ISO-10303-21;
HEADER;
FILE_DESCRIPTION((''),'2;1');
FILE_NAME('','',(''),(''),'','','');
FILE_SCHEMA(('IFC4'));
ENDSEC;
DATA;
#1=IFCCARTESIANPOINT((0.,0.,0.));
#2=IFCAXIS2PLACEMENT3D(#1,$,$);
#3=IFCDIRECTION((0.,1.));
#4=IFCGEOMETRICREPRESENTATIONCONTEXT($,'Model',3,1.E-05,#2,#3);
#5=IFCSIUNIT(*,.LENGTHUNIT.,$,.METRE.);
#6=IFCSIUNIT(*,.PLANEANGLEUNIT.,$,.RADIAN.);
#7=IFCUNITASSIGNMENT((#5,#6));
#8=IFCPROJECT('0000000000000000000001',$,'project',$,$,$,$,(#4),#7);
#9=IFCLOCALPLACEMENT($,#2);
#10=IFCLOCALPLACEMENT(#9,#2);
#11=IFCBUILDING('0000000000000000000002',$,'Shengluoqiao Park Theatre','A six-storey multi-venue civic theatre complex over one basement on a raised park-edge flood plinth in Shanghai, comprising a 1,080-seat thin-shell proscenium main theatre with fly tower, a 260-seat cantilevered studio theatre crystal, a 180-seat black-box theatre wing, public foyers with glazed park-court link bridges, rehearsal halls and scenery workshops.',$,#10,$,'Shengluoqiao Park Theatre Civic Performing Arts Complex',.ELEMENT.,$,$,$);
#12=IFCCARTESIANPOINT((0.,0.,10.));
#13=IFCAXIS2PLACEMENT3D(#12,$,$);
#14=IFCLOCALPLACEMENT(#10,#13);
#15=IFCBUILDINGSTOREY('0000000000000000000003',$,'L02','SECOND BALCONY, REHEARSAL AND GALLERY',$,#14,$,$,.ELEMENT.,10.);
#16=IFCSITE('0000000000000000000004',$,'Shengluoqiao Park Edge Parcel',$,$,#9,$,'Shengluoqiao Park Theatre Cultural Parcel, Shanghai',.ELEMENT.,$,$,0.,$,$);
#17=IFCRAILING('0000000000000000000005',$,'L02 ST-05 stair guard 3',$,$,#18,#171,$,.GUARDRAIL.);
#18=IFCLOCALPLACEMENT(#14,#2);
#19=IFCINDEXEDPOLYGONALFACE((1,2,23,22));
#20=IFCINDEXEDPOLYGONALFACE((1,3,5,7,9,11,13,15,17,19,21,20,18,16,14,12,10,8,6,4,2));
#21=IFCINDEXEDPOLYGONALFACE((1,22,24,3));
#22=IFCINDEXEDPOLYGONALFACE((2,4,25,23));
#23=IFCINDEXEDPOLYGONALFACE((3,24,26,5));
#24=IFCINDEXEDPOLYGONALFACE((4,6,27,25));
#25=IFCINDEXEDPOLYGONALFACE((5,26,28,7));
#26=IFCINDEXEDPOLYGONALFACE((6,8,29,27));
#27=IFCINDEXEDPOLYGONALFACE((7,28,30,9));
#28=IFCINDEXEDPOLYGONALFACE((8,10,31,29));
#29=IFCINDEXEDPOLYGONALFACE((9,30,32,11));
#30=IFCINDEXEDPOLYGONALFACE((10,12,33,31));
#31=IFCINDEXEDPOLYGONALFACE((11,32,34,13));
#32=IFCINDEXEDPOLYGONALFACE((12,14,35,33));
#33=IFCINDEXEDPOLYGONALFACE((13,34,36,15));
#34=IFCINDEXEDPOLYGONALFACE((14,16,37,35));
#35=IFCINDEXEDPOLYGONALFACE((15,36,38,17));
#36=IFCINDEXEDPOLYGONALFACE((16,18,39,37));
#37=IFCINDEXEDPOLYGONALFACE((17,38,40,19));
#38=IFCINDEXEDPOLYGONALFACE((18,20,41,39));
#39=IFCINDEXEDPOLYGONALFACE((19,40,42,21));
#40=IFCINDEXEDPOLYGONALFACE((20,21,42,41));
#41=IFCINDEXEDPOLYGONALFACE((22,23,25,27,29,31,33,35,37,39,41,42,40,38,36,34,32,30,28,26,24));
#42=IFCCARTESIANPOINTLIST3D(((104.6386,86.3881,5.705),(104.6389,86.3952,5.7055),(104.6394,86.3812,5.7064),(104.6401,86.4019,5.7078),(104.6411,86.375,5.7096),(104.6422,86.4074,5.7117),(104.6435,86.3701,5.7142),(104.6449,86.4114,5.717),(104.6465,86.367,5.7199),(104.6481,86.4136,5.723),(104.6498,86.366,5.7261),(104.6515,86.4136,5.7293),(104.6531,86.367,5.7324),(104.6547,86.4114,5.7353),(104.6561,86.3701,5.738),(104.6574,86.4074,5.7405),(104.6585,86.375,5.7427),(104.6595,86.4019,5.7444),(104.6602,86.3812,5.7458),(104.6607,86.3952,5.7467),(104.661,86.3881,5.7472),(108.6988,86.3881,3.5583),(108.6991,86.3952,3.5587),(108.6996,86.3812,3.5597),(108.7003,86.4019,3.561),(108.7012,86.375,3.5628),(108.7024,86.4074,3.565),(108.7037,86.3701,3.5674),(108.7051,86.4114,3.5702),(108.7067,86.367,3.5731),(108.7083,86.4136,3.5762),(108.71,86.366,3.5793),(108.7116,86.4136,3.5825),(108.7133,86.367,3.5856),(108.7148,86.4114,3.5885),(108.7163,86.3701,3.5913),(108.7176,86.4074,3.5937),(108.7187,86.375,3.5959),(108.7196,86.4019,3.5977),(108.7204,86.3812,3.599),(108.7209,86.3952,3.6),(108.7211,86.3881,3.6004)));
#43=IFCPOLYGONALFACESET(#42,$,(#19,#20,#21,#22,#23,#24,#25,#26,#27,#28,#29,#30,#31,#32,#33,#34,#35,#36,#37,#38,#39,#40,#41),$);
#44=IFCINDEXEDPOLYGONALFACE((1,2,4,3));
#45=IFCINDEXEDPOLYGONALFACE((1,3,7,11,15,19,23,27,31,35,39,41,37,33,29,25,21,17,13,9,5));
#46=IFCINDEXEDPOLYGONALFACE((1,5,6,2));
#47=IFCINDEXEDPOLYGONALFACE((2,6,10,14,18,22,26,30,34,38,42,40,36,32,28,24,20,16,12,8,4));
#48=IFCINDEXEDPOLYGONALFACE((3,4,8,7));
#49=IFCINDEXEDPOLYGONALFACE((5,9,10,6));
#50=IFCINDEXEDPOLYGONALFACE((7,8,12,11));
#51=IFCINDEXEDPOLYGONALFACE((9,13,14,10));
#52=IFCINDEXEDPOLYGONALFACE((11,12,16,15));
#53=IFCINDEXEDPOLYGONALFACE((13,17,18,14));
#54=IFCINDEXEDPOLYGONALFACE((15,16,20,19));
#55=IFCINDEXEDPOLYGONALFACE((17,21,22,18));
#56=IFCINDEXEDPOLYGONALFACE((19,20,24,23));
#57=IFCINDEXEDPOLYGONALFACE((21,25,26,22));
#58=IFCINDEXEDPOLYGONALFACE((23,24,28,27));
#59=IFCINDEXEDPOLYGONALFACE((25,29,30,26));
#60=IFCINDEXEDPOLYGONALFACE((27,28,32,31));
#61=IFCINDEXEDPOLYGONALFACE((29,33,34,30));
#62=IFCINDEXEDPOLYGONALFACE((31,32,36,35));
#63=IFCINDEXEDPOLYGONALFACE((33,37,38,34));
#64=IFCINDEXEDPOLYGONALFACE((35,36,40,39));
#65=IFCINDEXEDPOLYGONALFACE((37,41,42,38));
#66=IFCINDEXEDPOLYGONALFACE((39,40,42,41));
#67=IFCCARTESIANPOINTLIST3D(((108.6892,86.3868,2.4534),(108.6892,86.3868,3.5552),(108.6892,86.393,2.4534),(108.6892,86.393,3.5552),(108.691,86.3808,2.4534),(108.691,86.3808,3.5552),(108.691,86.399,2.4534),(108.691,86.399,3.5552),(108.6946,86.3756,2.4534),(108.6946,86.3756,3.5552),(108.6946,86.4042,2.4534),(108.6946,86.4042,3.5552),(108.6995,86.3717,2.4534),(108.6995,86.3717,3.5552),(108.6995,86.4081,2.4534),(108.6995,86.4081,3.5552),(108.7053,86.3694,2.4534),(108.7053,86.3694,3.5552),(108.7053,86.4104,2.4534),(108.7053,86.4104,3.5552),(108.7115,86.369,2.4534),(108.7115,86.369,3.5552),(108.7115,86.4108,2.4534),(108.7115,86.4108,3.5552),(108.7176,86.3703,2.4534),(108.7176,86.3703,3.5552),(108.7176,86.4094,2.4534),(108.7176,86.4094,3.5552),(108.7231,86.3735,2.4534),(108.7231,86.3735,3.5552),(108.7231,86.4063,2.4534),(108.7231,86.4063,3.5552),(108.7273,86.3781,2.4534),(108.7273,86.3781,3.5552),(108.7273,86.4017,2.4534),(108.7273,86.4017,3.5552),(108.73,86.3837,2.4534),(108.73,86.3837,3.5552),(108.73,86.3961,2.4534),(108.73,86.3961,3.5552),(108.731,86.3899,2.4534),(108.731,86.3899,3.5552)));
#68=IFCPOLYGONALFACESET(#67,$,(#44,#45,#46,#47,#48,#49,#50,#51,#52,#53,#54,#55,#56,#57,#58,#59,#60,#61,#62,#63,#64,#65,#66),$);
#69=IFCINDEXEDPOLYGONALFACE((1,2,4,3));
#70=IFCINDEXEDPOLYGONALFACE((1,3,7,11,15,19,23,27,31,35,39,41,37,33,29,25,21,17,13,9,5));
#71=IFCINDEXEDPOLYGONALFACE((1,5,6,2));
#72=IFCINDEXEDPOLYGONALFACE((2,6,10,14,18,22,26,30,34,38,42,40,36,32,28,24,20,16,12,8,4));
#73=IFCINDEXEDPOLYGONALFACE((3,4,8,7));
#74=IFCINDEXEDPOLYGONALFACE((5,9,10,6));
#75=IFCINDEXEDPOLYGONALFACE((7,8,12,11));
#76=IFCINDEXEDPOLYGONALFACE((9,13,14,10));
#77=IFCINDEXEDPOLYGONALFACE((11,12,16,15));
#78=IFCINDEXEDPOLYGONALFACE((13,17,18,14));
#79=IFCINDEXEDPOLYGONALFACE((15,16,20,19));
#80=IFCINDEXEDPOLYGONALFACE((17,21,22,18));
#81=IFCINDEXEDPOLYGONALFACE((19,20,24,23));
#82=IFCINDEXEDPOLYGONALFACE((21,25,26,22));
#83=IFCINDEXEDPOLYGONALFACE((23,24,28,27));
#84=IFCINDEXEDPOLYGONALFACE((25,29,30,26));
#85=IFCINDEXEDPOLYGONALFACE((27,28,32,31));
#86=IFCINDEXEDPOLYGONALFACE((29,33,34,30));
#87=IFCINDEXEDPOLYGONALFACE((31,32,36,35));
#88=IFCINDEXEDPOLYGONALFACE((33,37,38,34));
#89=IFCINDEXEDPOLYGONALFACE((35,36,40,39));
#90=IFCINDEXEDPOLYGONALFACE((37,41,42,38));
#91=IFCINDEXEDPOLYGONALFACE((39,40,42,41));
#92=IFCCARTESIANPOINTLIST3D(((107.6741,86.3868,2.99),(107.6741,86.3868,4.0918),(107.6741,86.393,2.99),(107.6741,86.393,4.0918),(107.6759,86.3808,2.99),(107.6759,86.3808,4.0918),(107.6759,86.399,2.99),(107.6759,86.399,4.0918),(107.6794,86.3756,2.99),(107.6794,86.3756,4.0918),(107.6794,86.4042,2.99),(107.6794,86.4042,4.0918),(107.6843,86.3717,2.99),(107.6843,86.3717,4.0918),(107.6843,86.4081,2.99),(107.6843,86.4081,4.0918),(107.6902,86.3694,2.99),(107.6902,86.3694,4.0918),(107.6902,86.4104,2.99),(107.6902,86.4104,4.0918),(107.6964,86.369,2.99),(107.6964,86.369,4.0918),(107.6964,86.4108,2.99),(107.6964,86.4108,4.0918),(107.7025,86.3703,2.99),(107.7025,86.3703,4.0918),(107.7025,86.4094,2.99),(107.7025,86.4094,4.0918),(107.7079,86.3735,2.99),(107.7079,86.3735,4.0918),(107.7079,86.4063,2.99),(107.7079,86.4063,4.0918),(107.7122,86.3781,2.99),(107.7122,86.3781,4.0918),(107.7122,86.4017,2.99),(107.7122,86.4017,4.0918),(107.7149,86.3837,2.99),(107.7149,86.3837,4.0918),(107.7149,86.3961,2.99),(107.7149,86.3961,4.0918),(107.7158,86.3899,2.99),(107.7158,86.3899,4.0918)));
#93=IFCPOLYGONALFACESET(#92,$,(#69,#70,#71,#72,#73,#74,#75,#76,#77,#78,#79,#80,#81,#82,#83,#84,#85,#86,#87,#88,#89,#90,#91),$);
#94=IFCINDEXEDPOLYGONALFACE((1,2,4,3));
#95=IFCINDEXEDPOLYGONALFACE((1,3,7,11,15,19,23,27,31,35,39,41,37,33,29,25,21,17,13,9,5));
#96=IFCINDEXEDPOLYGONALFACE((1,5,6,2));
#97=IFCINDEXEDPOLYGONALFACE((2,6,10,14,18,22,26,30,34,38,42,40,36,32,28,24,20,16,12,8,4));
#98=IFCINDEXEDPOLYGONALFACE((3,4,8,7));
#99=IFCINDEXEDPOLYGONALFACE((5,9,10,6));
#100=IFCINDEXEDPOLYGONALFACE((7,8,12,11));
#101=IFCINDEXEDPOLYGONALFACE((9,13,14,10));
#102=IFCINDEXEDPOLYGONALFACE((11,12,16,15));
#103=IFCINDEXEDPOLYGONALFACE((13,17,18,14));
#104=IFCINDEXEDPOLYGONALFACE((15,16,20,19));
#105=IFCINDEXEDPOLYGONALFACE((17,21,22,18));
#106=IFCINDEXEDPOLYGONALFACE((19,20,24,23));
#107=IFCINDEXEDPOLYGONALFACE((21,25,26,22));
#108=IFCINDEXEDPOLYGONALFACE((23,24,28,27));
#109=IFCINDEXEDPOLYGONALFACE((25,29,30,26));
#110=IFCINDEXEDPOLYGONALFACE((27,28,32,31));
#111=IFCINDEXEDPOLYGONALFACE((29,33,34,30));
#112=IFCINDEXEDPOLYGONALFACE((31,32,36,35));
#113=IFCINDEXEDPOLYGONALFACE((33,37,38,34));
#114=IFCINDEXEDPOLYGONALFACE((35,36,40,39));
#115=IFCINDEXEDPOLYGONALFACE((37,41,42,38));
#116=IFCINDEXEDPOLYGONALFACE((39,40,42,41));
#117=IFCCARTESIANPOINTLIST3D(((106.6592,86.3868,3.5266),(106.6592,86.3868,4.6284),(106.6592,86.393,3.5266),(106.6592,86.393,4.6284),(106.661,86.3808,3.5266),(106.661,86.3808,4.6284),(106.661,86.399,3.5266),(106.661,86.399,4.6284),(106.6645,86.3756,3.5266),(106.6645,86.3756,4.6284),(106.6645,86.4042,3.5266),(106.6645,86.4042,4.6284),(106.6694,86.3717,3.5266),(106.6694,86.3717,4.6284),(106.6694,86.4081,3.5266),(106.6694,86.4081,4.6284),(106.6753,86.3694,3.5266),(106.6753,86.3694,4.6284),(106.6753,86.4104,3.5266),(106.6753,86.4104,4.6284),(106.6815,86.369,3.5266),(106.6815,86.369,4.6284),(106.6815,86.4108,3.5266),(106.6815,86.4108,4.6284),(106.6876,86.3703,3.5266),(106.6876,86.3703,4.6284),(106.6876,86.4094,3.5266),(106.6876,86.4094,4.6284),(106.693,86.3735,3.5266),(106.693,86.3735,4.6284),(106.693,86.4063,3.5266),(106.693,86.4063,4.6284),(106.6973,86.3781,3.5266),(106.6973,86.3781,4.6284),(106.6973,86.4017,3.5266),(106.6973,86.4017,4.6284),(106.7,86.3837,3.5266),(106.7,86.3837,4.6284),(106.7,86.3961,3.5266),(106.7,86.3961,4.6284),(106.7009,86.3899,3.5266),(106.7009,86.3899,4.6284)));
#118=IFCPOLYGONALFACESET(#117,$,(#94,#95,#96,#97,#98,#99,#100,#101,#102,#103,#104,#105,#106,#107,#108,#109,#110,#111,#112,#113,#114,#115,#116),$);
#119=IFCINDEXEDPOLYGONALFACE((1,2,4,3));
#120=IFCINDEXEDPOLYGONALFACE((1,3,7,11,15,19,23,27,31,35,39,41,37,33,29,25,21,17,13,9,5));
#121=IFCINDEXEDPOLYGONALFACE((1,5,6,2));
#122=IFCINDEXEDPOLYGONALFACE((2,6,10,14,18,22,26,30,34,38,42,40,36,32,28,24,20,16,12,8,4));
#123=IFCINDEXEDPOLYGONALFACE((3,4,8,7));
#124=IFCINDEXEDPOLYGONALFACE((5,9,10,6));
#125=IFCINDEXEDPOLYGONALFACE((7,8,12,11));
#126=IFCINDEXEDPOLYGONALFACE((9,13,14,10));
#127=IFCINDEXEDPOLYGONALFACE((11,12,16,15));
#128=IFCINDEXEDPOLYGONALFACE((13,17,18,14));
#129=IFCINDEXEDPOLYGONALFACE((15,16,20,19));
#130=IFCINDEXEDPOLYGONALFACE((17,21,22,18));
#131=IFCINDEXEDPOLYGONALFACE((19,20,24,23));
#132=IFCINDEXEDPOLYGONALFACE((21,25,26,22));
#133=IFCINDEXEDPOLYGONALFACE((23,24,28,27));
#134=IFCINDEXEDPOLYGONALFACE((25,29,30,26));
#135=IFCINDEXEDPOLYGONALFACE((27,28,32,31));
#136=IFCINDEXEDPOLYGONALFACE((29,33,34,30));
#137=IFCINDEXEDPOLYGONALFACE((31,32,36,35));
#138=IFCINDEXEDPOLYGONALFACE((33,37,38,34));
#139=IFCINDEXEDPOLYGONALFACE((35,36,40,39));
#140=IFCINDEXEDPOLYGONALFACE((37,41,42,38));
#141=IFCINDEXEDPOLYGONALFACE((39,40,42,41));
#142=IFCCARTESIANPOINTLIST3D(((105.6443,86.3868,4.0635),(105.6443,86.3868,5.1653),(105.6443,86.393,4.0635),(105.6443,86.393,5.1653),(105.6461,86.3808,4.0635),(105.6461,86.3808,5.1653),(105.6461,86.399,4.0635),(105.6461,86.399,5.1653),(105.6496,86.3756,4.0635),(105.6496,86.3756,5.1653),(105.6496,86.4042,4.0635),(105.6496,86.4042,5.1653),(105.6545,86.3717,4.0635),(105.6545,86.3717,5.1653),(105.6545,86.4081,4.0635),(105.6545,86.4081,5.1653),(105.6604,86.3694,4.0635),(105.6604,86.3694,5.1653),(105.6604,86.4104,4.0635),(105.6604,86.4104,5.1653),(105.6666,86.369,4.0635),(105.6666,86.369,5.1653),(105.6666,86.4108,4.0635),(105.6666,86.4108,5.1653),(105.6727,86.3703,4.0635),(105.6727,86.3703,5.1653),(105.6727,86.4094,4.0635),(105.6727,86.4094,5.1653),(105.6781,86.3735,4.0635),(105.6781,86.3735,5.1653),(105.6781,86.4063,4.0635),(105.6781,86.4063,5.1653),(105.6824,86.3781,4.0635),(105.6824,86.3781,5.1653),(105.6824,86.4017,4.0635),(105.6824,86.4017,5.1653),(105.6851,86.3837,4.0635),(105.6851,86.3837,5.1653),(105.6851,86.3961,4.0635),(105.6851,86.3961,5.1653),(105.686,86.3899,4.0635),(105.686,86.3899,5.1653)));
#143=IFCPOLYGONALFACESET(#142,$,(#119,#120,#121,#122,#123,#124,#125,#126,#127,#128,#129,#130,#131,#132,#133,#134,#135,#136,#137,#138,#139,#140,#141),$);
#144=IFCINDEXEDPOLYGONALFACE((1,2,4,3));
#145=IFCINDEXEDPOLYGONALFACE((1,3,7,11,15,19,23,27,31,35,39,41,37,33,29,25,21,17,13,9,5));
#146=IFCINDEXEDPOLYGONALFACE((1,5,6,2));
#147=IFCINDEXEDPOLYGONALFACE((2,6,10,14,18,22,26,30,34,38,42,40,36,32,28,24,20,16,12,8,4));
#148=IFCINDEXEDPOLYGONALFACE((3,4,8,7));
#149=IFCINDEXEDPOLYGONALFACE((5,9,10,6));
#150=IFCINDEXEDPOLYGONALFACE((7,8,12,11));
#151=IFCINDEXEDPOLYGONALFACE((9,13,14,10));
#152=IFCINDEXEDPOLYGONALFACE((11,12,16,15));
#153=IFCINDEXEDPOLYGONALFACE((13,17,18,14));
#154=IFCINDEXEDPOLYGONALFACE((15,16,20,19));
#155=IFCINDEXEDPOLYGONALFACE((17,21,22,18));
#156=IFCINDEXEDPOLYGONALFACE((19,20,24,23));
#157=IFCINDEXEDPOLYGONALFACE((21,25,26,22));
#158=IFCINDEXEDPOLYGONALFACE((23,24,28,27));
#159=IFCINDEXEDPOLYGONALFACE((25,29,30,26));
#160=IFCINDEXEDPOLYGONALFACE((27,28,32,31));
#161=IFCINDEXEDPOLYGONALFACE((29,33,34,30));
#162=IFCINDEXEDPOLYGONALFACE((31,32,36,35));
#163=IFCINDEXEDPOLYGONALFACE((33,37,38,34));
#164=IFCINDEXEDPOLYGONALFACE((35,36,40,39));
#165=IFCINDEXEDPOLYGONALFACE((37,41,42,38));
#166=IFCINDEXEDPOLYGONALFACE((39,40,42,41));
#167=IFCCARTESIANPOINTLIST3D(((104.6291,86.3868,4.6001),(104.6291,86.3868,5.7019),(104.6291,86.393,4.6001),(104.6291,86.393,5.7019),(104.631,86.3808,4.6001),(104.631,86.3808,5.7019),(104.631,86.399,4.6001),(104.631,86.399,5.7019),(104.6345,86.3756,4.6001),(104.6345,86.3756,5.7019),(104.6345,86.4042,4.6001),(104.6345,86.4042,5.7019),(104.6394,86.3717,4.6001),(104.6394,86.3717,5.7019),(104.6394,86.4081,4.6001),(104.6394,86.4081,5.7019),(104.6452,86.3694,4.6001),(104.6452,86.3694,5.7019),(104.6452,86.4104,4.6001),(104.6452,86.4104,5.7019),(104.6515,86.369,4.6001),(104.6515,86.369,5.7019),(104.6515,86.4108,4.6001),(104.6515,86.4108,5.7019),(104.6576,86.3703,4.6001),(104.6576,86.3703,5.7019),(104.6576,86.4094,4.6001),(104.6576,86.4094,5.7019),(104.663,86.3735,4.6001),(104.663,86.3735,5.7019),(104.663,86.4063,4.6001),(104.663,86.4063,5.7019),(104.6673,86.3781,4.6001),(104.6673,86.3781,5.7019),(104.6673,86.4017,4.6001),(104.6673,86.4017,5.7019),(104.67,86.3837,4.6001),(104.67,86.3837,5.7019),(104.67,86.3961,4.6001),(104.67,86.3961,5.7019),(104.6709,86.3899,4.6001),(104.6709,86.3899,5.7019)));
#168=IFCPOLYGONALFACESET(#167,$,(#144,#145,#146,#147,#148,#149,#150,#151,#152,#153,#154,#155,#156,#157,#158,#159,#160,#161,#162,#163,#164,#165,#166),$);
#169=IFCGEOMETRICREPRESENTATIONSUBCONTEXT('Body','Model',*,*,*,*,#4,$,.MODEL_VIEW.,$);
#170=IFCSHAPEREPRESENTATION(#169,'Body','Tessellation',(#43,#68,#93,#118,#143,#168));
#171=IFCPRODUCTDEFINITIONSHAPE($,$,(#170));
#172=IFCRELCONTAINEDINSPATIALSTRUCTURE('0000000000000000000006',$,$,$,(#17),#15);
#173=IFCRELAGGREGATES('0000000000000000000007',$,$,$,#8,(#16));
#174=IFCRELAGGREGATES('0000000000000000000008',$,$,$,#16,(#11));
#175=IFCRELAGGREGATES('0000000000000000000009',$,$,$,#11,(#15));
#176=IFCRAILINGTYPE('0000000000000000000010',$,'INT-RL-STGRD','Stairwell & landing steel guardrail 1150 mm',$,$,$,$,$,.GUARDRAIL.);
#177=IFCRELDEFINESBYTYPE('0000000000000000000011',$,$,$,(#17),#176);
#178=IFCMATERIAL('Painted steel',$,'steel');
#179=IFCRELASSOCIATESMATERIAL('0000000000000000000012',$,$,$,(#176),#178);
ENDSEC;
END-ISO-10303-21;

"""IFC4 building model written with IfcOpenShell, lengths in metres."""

from ifc_helpers import new_model, si_unit, direction, frame, origin, origin_2d, place, context, subcontext, project, spatial, circle, extrude, material, type_object, element, save


model = new_model("IFC4")

# Units and contexts
model_context = context("Model", 3, precision=1e-05, world=origin(), true_north=direction((0.0, 1.0)))
body_context = subcontext(model_context, "Body", "Model", "MODEL_VIEW")
ifc_project = project(units=[si_unit("LENGTHUNIT", "METRE"), si_unit("PLANEANGLEUNIT", "RADIAN")], contexts=[model_context])

# Site, building, storey
site_placement = place(None, origin())
site = spatial("IfcSite", under=ifc_project, at=site_placement, Name="Shengluoqiao Park Edge Parcel", LongName="Shengluoqiao Park Theatre Cultural Parcel, Shanghai", CompositionType="ELEMENT", RefElevation=0.0)
building_placement = place(site_placement, origin())
building = spatial("IfcBuilding", under=site, at=building_placement, Name="Shengluoqiao Park Theatre", Description="A six-storey multi-venue civic theatre complex over one basement on a raised park-edge flood plinth in Shanghai, comprising a 1,080-seat thin-shell proscenium main theatre with fly tower, a 260-seat cantilevered studio theatre crystal, a 180-seat black-box theatre wing, public foyers with glazed park-court link bridges, rehearsal halls and scenery workshops.", LongName="Shengluoqiao Park Theatre Civic Performing Arts Complex", CompositionType="ELEMENT")
storey_placement = place(building_placement, frame((0.0, 0.0, 10.0)))
storey = spatial("IfcBuildingStorey", under=building, at=storey_placement, Name="L02", Description="SECOND BALCONY, REHEARSAL AND GALLERY", CompositionType="ELEMENT", Elevation=10.0)

# Railing
ifc_material_1 = material(Name="Painted steel", Category="steel")
railing_type_1 = type_object("IfcRailingType", Name="INT-RL-STGRD", Description="Stairwell & landing steel guardrail 1150 mm", PredefinedType="GUARDRAIL", material=ifc_material_1)
railing_1_placement = place(storey_placement, frame((108.71, 86.3899, 2.4534)))
element("IfcRailing", 1, at=railing_1_placement, inside=storey, type_object=railing_type_1, Name="L02 ST-05 stair guard 3", PredefinedType="GUARDRAIL", context=body_context, shape_type="SweptSolid", body=[
    extrude(circle(Radius=0.0239, at=origin_2d()), frame((0.0, 0.0, 1.126), z_axis=(-0.884032, 0.0, 0.467426), x_axis=(0.0, -1.0, 0.0)), (0.0, 0.0, 1.0), 4.5928),
    extrude(circle(Radius=0.021, at=origin_2d()), origin(), (0.0, 0.0, 1.0), 1.1018),
    extrude(circle(Radius=0.021, at=origin_2d()), frame((-1.0151, 0.0, 0.5366)), (0.0, 0.0, 1.0), 1.1018),
    extrude(circle(Radius=0.021, at=origin_2d()), frame((-2.03, 0.0, 1.0732)), (0.0, 0.0, 1.0), 1.1018),
    extrude(circle(Radius=0.021, at=origin_2d()), frame((-3.0449, 0.0, 1.6101)), (0.0, 0.0, 1.0), 1.1018),
    extrude(circle(Radius=0.021, at=origin_2d()), frame((-4.0601, 0.0, 2.1467)), (0.0, 0.0, 1.0), 1.1018),
])

save(model, "model.ifc")
